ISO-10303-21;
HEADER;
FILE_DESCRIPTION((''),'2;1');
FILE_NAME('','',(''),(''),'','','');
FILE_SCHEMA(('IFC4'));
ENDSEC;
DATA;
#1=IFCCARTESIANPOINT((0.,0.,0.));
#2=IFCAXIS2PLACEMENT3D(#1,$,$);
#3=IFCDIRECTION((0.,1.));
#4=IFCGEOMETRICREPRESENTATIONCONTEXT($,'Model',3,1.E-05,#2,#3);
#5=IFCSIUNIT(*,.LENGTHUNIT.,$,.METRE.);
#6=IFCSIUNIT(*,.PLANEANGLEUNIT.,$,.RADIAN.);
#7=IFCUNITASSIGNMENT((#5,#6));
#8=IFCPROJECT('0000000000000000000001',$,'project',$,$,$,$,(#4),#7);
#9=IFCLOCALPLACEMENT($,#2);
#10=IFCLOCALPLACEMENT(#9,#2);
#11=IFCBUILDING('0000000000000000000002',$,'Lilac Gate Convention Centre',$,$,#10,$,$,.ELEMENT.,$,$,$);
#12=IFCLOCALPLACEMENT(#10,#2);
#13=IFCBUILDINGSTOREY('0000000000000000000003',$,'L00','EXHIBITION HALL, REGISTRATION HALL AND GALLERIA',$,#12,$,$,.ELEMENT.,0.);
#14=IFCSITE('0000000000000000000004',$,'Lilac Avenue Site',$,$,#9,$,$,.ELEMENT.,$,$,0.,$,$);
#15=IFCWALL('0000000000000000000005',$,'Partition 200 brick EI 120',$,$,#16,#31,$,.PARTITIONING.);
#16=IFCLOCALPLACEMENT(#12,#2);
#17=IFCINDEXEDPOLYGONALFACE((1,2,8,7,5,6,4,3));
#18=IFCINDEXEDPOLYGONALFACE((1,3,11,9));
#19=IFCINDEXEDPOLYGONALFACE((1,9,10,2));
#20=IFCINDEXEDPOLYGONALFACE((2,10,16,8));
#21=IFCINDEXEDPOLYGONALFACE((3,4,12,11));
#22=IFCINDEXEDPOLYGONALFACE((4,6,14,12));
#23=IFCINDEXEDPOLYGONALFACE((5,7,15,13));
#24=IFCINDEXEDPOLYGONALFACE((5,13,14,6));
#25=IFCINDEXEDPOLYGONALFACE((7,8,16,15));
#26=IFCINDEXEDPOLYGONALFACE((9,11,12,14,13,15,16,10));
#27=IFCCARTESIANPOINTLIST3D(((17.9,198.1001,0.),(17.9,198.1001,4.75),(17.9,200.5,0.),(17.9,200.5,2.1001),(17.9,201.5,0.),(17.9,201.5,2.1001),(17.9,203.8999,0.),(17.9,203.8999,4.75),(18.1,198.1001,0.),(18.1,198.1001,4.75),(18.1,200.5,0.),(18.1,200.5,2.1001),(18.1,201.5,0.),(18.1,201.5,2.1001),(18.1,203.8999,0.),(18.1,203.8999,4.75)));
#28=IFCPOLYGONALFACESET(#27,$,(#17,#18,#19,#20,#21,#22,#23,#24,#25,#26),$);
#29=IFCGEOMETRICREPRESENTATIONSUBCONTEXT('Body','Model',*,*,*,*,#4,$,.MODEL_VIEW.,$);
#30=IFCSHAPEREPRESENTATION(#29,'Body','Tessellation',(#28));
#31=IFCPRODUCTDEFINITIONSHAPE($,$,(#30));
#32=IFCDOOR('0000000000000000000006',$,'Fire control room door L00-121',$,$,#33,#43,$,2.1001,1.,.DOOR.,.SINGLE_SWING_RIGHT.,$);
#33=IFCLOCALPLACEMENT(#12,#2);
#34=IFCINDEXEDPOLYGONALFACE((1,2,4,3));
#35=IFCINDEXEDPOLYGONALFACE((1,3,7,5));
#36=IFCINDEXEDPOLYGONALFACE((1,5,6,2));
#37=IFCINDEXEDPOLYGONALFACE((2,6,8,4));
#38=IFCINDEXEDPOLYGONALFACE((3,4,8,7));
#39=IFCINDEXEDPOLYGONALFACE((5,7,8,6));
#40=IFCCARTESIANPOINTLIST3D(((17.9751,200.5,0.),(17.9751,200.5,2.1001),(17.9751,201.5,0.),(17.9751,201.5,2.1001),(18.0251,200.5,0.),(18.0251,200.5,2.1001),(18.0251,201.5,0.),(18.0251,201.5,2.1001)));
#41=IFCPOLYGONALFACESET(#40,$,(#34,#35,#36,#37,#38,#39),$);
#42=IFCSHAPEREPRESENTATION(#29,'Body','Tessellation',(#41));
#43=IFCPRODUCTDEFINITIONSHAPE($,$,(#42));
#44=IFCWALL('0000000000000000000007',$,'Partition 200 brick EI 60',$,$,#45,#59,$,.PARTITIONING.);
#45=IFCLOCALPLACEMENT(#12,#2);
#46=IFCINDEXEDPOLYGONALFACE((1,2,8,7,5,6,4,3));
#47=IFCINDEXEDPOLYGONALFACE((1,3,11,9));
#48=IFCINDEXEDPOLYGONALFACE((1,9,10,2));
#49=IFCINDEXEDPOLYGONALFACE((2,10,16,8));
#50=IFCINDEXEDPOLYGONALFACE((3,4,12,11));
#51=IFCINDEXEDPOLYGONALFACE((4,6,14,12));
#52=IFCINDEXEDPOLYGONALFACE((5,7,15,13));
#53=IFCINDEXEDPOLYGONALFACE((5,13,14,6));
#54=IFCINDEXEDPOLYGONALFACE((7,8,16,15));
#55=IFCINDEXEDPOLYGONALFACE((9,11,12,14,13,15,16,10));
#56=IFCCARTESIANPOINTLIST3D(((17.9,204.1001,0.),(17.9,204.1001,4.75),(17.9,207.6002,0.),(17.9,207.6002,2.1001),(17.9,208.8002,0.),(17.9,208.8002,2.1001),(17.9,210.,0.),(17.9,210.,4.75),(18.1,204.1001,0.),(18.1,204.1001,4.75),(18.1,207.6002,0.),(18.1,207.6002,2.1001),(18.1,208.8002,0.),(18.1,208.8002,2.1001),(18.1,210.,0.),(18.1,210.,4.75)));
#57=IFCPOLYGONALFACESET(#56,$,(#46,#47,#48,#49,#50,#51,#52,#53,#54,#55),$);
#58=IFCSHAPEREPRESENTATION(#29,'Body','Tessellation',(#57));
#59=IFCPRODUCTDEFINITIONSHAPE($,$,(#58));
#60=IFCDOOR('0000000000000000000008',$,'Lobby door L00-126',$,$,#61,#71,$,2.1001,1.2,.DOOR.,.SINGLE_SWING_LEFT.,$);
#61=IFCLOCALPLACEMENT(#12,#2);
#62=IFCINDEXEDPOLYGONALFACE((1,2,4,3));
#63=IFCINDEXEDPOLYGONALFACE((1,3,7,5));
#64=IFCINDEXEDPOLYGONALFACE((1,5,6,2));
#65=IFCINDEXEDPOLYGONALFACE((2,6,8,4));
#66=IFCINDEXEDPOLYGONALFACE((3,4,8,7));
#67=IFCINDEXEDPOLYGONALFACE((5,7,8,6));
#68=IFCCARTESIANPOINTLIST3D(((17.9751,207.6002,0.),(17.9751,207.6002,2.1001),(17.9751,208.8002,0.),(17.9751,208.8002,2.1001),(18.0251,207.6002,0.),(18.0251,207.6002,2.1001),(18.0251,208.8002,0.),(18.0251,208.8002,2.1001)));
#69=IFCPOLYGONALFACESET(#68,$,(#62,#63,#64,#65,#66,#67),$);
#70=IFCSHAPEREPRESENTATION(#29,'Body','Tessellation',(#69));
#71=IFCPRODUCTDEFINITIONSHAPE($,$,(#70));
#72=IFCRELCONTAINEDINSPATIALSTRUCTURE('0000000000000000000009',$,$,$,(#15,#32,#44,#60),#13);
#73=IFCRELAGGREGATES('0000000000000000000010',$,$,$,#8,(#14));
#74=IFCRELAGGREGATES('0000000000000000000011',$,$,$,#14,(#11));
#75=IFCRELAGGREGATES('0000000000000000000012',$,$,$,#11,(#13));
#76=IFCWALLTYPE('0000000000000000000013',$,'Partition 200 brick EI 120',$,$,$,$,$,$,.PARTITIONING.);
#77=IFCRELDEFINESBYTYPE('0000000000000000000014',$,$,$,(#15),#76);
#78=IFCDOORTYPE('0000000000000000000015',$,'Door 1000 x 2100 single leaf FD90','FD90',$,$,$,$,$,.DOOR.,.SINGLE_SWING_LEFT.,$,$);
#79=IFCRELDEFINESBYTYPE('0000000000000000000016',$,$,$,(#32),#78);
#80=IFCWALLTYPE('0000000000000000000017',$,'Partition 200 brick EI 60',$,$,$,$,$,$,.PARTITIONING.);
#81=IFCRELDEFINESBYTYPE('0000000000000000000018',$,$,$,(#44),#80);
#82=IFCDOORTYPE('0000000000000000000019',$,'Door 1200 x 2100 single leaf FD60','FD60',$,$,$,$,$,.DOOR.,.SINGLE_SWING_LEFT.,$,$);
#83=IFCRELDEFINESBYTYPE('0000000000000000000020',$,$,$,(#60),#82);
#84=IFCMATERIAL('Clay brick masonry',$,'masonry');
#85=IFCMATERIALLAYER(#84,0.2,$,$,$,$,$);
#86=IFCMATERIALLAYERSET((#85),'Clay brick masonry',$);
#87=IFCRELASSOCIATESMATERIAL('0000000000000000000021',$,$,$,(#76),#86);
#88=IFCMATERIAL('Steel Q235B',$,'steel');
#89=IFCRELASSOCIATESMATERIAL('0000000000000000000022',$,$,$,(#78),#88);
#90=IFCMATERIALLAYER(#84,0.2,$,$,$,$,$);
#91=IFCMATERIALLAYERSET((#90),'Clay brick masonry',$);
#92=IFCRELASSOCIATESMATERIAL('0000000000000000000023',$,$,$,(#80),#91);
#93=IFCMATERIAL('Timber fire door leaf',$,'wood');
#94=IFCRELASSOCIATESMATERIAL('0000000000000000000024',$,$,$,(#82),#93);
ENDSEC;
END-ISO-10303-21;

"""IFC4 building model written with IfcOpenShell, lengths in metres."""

from ifc_helpers import new_model, si_unit, direction, frame, frame_2d, origin, place, context, subcontext, project, spatial, rectangle, extrude, material, layer, layer_set, type_object, element, fill, save


model = new_model("IFC4")

# Units and contexts
model_context = context("Model", 3, precision=1e-05, world=origin(), true_north=direction((0.0, 1.0)))
body_context = subcontext(model_context, "Body", "Model", "MODEL_VIEW")
ifc_project = project(units=[si_unit("LENGTHUNIT", "METRE"), si_unit("PLANEANGLEUNIT", "RADIAN")], contexts=[model_context])

# Site, building, storey
site_placement = place(None, origin())
site = spatial("IfcSite", under=ifc_project, at=site_placement, Name="Lilac Avenue Site", CompositionType="ELEMENT", RefElevation=0.0)
building_placement = place(site_placement, origin())
building = spatial("IfcBuilding", under=site, at=building_placement, Name="Lilac Gate Convention Centre", CompositionType="ELEMENT")
storey_placement = place(building_placement, origin())
storey = spatial("IfcBuildingStorey", under=building, at=storey_placement, Name="L00", Description="EXHIBITION HALL, REGISTRATION HALL AND GALLERIA", CompositionType="ELEMENT", Elevation=0.0)

# Walls, openings, doors
ifc_material_1 = material(Name="Clay brick masonry", Category="masonry")
ifc_layer_1 = layer(ifc_material_1, 0.2)
ifc_layer_set_1 = layer_set([ifc_layer_1], Name="Clay brick masonry")
wall_type_1 = type_object("IfcWallType", Name="Partition 200 brick EI 120", PredefinedType="PARTITIONING", material=ifc_layer_set_1)
wall_1_placement = place(storey_placement, frame((18.0, 198.1001, 0.0), z_axis=(0.0, 0.0, 1.0), x_axis=(0.0, 1.0, 0.0)))
wall_1 = element("IfcWall", 1, at=wall_1_placement, inside=storey, type_object=wall_type_1, Name="Partition 200 brick EI 120", PredefinedType="PARTITIONING", context=body_context, shape_type="SweptSolid", body=[
    extrude(rectangle(XDim=5.7998, YDim=0.2, at=frame_2d((2.8999, 0.0))), origin(), (0.0, 0.0, 1.0), 4.75),
])
opening_1_placement = place(wall_1_placement, frame((2.3999, 0.0, 0.0)))
opening_1 = element("IfcOpeningElement", 2, at=opening_1_placement, cuts=wall_1, PredefinedType="OPENING", context=body_context, shape_type="SweptSolid", body=[
    extrude(rectangle(XDim=1.0, YDim=2.1001, at=frame_2d((0.5, 1.05))), frame((0.0, 0.1099, 0.0), z_axis=(0.0, -1.0, 0.0), x_axis=(1.0, 0.0, 0.0)), (0.0, 0.0, 1.0), 0.22),
])
ifc_material_2 = material(Name="Steel Q235B", Category="steel")
door_type_1 = type_object("IfcDoorType", Name="Door 1000 x 2100 single leaf FD90", Description="FD90", OperationType="SINGLE_SWING_LEFT", PredefinedType="DOOR", material=ifc_material_2)
door_1_placement = place(opening_1_placement, origin())
door_1 = element("IfcDoor", 3, at=door_1_placement, inside=storey, type_object=door_type_1, Name="Fire control room door L00-121", OperationType="SINGLE_SWING_RIGHT", OverallHeight=2.1001, OverallWidth=1.0, PredefinedType="DOOR", context=body_context, shape_type="SweptSolid", body=[
    extrude(rectangle(XDim=1.0, YDim=2.1001, at=frame_2d((0.5, 1.05))), frame((0.0, 0.0249, 0.0), z_axis=(0.0, -1.0, 0.0), x_axis=(1.0, 0.0, 0.0)), (0.0, 0.0, 1.0), 0.05),
])
fill(opening_1, door_1)
ifc_layer_2 = layer(ifc_material_1, 0.2)
ifc_layer_set_2 = layer_set([ifc_layer_2], Name="Clay brick masonry")
wall_type_2 = type_object("IfcWallType", Name="Partition 200 brick EI 60", PredefinedType="PARTITIONING", material=ifc_layer_set_2)
wall_2_placement = place(storey_placement, frame((18.0, 204.1001, 0.0), z_axis=(0.0, 0.0, 1.0), x_axis=(0.0, 1.0, 0.0)))
wall_2 = element("IfcWall", 4, at=wall_2_placement, inside=storey, type_object=wall_type_2, Name="Partition 200 brick EI 60", PredefinedType="PARTITIONING", context=body_context, shape_type="SweptSolid", body=[
    extrude(rectangle(XDim=5.8999, YDim=0.2, at=frame_2d((2.95, 0.0))), origin(), (0.0, 0.0, 1.0), 4.75),
])
opening_2_placement = place(wall_2_placement, frame((3.5, 0.0, 0.0)))
opening_2 = element("IfcOpeningElement", 5, at=opening_2_placement, cuts=wall_2, PredefinedType="OPENING", context=body_context, shape_type="SweptSolid", body=[
    extrude(rectangle(XDim=1.2, YDim=2.1001, at=frame_2d((0.6001, 1.05))), frame((0.0, 0.1099, 0.0), z_axis=(0.0, -1.0, 0.0), x_axis=(1.0, 0.0, 0.0)), (0.0, 0.0, 1.0), 0.22),
])
ifc_material_3 = material(Name="Timber fire door leaf", Category="wood")
door_type_2 = type_object("IfcDoorType", Name="Door 1200 x 2100 single leaf FD60", Description="FD60", OperationType="SINGLE_SWING_LEFT", PredefinedType="DOOR", material=ifc_material_3)
door_2_placement = place(opening_2_placement, origin())
door_2 = element("IfcDoor", 6, at=door_2_placement, inside=storey, type_object=door_type_2, Name="Lobby door L00-126", OperationType="SINGLE_SWING_LEFT", OverallHeight=2.1001, OverallWidth=1.2, PredefinedType="DOOR", context=body_context, shape_type="SweptSolid", body=[
    extrude(rectangle(XDim=1.2, YDim=2.1001, at=frame_2d((0.6001, 1.05))), frame((0.0, 0.0249, 0.0), z_axis=(0.0, -1.0, 0.0), x_axis=(1.0, 0.0, 0.0)), (0.0, 0.0, 1.0), 0.05),
])
fill(opening_2, door_2)

save(model, "model.ifc")
